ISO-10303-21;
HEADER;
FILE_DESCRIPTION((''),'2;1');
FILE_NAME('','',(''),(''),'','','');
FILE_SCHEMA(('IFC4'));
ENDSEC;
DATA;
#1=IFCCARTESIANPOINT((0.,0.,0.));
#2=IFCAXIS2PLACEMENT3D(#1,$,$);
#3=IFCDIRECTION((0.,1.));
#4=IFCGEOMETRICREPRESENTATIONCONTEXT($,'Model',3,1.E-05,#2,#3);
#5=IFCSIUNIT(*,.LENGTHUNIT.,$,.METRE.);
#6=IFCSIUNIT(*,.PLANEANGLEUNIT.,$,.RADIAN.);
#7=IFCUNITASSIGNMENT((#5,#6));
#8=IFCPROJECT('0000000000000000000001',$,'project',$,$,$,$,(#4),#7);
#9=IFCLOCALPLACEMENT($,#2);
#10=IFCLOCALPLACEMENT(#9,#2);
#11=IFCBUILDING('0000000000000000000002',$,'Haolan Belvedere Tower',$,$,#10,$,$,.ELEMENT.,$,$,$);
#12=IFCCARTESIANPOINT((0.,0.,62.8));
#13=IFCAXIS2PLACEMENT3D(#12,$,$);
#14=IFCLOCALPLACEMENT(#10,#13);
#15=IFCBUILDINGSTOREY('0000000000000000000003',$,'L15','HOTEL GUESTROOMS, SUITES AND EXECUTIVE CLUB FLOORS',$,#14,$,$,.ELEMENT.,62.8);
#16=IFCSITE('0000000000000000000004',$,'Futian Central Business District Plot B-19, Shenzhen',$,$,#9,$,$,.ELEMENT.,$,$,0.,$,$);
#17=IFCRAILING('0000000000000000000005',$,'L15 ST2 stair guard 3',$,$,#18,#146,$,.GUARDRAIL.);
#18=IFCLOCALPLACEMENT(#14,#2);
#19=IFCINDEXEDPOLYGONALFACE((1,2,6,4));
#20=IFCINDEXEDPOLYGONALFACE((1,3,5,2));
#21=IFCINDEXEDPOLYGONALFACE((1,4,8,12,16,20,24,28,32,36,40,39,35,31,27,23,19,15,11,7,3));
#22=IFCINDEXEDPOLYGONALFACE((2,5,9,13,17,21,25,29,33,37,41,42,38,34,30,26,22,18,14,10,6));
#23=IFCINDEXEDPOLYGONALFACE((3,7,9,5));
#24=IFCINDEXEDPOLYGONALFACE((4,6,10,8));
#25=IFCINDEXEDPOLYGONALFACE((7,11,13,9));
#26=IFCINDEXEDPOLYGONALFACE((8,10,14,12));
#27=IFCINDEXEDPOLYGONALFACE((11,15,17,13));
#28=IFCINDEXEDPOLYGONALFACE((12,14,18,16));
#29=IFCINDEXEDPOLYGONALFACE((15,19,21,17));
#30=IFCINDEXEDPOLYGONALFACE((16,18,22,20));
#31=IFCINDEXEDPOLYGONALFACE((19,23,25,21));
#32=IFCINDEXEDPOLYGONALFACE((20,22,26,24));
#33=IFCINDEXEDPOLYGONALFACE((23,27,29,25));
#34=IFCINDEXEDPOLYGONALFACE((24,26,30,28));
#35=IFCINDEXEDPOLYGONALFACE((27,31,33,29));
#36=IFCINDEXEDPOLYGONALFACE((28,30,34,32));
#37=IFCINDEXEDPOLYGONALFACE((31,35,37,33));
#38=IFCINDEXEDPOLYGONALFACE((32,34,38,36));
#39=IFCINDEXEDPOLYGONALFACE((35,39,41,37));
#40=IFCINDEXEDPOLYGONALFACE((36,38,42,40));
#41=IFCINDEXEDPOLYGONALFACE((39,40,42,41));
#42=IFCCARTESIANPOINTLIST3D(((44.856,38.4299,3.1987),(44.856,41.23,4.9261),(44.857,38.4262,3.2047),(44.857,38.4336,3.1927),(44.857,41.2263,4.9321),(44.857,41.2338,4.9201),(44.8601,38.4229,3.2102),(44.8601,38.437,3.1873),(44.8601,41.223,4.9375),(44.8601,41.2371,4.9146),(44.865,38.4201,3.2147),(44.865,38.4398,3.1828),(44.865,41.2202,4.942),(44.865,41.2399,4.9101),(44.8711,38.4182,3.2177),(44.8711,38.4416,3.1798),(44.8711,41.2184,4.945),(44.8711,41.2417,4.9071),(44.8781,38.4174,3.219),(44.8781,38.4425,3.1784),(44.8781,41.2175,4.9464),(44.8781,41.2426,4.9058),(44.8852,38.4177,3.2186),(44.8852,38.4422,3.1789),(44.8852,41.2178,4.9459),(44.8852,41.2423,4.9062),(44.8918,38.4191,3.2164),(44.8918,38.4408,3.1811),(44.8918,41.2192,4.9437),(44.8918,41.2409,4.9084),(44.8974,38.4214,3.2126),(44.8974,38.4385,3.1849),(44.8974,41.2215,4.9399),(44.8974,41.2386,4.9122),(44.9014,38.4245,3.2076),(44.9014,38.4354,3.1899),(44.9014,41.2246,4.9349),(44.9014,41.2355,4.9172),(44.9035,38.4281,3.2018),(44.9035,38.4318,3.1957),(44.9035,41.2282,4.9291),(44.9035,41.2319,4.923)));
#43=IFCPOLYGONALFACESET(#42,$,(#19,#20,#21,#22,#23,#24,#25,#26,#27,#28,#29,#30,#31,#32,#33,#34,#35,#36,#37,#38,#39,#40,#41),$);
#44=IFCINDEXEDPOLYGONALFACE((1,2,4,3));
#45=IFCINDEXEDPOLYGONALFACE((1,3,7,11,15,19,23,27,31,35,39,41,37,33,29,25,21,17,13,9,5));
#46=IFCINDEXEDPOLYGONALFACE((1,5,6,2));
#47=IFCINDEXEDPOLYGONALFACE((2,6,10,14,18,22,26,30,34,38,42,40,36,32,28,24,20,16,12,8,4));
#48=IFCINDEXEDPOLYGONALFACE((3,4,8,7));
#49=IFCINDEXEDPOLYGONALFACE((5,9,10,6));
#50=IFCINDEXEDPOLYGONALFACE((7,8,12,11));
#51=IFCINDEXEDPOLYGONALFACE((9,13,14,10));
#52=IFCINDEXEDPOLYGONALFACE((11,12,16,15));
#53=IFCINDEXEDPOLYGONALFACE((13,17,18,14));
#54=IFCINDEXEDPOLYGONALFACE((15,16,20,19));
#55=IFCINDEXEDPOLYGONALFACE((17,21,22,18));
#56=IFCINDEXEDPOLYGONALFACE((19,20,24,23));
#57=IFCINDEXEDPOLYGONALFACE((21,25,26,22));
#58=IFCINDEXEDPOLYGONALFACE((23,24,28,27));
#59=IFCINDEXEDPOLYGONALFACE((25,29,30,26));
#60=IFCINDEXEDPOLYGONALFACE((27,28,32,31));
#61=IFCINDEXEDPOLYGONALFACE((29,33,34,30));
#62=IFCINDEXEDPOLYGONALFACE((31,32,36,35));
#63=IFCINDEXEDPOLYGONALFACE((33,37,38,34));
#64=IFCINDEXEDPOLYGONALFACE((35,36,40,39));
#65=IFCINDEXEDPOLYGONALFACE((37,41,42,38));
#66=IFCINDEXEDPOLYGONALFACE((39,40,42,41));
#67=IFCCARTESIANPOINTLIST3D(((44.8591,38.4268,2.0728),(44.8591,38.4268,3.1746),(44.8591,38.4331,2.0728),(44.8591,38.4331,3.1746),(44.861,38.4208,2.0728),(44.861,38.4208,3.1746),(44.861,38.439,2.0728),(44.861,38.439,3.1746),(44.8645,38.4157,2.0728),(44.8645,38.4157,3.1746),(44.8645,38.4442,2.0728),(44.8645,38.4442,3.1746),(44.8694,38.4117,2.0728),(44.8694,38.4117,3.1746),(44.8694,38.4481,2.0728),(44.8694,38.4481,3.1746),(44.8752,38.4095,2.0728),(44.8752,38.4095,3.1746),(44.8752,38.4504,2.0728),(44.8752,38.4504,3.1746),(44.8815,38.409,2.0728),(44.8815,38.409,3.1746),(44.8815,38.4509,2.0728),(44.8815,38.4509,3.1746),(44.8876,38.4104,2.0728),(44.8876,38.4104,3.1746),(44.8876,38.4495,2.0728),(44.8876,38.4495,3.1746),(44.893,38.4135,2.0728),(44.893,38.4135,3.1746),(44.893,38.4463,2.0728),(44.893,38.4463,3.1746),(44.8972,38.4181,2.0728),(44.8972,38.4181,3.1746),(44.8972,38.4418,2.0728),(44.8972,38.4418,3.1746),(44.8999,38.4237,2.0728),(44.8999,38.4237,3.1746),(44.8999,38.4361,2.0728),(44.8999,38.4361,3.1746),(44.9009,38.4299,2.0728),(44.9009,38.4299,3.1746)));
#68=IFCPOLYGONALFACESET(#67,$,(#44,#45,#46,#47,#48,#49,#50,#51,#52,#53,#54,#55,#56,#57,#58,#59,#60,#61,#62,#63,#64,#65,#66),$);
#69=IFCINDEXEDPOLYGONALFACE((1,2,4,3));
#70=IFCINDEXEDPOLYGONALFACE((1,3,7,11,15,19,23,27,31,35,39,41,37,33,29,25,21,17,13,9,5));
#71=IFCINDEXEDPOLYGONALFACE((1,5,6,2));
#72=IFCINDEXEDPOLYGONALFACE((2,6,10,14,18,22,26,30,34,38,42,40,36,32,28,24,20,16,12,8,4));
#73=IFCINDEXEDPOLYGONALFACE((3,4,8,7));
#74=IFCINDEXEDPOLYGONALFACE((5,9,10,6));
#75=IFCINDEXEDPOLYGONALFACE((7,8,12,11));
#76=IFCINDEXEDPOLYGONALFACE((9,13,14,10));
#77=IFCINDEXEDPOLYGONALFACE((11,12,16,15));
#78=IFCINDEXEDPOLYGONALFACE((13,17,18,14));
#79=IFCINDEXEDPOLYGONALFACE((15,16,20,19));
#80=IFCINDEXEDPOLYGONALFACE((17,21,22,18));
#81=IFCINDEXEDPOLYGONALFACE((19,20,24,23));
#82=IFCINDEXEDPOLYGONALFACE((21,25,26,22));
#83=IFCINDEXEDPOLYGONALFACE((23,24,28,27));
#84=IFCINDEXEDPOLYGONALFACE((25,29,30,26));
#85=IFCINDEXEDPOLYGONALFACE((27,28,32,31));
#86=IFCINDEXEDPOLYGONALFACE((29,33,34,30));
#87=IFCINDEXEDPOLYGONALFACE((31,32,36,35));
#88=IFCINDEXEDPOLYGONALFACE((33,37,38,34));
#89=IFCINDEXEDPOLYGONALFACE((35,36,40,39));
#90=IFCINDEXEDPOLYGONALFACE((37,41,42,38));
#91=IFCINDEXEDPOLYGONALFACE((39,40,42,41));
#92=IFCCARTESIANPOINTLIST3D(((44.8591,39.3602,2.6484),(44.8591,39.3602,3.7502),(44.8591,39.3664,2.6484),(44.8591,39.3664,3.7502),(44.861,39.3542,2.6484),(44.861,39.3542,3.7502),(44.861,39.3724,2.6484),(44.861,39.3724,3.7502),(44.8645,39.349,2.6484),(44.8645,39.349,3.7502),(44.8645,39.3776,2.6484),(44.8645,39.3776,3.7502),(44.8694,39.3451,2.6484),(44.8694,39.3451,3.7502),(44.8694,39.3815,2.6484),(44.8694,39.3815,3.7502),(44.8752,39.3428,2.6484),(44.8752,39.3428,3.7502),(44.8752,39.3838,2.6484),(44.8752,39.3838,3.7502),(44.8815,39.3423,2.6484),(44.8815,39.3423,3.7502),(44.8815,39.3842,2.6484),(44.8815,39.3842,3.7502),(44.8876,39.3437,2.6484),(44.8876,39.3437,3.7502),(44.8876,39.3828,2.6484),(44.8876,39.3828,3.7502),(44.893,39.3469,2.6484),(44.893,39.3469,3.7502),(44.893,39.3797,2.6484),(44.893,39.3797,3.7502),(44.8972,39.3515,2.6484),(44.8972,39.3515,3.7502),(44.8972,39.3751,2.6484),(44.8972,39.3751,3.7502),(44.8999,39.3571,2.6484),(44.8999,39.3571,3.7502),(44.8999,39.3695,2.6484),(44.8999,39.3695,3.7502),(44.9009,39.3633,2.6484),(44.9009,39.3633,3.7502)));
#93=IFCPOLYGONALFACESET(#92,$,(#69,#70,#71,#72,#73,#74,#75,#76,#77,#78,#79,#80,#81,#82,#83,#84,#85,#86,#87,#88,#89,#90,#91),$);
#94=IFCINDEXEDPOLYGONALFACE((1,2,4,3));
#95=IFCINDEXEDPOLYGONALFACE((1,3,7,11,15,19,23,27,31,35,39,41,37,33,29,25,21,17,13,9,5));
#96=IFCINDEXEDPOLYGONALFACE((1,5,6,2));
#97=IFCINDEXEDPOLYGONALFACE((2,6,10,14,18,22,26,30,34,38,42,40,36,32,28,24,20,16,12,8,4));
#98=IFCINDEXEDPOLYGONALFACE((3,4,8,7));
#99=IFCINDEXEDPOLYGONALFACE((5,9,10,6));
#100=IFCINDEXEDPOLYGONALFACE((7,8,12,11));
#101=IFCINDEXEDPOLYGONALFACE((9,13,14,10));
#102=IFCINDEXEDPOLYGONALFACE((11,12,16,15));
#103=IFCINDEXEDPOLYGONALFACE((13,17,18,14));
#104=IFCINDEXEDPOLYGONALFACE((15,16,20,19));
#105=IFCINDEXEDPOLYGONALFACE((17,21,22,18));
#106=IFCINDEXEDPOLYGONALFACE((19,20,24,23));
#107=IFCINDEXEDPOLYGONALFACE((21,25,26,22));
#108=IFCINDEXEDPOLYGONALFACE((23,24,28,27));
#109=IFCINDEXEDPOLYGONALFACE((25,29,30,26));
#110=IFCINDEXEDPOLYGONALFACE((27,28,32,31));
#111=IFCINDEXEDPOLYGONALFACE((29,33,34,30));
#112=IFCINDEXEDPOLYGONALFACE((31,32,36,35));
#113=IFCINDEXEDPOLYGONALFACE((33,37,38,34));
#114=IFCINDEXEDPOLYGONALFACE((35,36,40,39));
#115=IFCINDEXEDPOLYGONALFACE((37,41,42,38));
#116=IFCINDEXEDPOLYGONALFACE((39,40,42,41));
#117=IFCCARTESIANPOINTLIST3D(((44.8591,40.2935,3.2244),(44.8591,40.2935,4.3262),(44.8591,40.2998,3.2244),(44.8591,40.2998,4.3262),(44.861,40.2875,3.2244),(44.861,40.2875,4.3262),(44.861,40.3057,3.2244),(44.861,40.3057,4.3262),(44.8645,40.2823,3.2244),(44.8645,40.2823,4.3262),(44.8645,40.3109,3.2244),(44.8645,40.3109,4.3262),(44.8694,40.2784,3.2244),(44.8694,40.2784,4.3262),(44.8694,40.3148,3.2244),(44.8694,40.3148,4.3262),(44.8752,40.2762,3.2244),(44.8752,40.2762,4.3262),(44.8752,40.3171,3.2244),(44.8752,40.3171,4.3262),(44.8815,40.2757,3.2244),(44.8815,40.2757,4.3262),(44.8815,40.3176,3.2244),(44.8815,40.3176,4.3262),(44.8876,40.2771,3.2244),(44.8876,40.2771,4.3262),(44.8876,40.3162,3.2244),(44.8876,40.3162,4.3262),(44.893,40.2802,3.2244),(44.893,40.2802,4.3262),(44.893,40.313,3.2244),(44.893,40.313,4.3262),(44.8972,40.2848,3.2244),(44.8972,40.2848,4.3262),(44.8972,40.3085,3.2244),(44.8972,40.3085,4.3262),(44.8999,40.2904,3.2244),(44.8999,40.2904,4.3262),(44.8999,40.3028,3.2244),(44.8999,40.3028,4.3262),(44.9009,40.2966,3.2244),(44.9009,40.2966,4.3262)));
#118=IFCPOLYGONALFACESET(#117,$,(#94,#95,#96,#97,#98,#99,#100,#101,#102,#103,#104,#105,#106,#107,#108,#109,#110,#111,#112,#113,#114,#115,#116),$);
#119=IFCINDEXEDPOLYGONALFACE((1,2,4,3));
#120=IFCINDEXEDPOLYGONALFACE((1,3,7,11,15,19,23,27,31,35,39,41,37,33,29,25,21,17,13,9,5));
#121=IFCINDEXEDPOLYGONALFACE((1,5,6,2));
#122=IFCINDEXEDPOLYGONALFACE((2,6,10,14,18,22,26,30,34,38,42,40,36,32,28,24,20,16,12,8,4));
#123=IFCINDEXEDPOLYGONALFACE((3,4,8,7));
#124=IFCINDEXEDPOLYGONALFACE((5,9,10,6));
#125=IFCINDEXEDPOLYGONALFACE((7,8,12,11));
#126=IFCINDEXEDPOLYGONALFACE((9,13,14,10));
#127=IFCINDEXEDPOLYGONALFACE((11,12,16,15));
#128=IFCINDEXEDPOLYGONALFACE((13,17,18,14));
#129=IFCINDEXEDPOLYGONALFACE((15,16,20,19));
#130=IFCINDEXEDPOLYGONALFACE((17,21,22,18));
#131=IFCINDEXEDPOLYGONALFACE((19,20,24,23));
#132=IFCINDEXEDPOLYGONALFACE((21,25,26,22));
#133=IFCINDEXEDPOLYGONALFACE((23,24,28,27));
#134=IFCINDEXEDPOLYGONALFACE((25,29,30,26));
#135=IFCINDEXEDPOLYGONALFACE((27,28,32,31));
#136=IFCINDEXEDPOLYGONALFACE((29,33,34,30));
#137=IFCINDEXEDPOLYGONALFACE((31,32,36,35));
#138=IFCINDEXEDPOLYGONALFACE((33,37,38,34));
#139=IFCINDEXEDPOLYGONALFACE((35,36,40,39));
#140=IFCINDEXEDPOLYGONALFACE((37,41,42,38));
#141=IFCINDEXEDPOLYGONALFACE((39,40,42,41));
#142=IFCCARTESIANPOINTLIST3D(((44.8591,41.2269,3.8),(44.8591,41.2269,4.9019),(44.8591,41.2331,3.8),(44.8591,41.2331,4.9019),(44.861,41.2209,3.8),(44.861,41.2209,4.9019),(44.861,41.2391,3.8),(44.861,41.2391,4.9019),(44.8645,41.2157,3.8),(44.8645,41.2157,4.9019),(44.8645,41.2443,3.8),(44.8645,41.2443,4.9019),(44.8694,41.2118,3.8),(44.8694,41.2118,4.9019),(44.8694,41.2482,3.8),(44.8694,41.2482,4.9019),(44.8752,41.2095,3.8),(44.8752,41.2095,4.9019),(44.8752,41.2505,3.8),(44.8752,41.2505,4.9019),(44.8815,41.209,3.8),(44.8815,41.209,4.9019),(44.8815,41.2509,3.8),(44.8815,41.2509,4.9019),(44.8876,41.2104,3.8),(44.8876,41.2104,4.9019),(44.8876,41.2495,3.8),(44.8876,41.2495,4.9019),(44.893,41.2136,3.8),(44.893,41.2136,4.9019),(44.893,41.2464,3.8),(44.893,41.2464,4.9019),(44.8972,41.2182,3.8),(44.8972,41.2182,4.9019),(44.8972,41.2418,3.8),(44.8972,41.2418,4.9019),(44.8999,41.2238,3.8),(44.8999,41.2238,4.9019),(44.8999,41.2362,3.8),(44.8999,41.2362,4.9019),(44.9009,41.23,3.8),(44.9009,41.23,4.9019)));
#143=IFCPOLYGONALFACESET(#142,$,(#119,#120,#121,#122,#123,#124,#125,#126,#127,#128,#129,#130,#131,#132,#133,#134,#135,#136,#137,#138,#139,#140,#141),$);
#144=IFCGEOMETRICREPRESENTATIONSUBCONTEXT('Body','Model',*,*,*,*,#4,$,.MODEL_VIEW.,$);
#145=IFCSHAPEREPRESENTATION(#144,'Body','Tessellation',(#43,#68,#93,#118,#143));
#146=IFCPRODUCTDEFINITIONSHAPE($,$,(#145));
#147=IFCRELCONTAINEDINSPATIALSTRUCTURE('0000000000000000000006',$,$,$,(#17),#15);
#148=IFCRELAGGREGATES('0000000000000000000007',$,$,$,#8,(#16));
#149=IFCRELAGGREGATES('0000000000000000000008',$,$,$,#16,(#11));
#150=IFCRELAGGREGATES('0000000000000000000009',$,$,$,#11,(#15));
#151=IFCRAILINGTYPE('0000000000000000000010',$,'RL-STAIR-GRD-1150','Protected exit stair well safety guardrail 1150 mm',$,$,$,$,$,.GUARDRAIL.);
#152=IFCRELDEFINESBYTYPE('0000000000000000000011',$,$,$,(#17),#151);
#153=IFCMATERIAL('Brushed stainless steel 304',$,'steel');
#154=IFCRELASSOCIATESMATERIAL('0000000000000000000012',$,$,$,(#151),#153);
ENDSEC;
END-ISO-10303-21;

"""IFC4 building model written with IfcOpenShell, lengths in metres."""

from ifc_helpers import new_model, si_unit, direction, frame, origin, origin_2d, place, context, subcontext, project, spatial, circle, extrude, material, type_object, element, save


model = new_model("IFC4")

# Units and contexts
model_context = context("Model", 3, precision=1e-05, world=origin(), true_north=direction((0.0, 1.0)))
body_context = subcontext(model_context, "Body", "Model", "MODEL_VIEW")
ifc_project = project(units=[si_unit("LENGTHUNIT", "METRE"), si_unit("PLANEANGLEUNIT", "RADIAN")], contexts=[model_context])

# Site, building, storey
site_placement = place(None, origin())
site = spatial("IfcSite", under=ifc_project, at=site_placement, Name="Futian Central Business District Plot B-19, Shenzhen", CompositionType="ELEMENT", RefElevation=0.0)
building_placement = place(site_placement, origin())
building = spatial("IfcBuilding", under=site, at=building_placement, Name="Haolan Belvedere Tower", CompositionType="ELEMENT")
storey_placement = place(building_placement, frame((0.0, 0.0, 62.8)))
storey = spatial("IfcBuildingStorey", under=building, at=storey_placement, Name="L15", Description="HOTEL GUESTROOMS, SUITES AND EXECUTIVE CLUB FLOORS", CompositionType="ELEMENT", Elevation=62.8)

# Railing
ifc_material_1 = material(Name="Brushed stainless steel 304", Category="steel")
railing_type_1 = type_object("IfcRailingType", Name="RL-STAIR-GRD-1150", Description="Protected exit stair well safety guardrail 1150 mm", PredefinedType="GUARDRAIL", material=ifc_material_1)
railing_1_placement = place(storey_placement, frame((44.8799, 38.4299, 2.0728)))
element("IfcRailing", 1, at=railing_1_placement, inside=storey, type_object=railing_type_1, Name="L15 ST2 stair guard 3", PredefinedType="GUARDRAIL", context=body_context, shape_type="SweptSolid", body=[
    extrude(circle(Radius=0.0239, at=origin_2d()), frame((0.0, 0.0, 1.126), z_axis=(0.0, 0.85109, 0.52502), x_axis=(-1.0, 0.0, 0.0)), (0.0, 0.0, 1.0), 3.29),
    extrude(circle(Radius=0.021, at=origin_2d()), origin(), (0.0, 0.0, 1.0), 1.1018),
    extrude(circle(Radius=0.021, at=origin_2d()), frame((0.0, 0.9333, 0.5757)), (0.0, 0.0, 1.0), 1.1018),
    extrude(circle(Radius=0.021, at=origin_2d()), frame((0.0, 1.8667, 1.1516)), (0.0, 0.0, 1.0), 1.1018),
    extrude(circle(Radius=0.021, at=origin_2d()), frame((0.0, 2.8, 1.7273)), (0.0, 0.0, 1.0), 1.1018),
])

save(model, "model.ifc")
